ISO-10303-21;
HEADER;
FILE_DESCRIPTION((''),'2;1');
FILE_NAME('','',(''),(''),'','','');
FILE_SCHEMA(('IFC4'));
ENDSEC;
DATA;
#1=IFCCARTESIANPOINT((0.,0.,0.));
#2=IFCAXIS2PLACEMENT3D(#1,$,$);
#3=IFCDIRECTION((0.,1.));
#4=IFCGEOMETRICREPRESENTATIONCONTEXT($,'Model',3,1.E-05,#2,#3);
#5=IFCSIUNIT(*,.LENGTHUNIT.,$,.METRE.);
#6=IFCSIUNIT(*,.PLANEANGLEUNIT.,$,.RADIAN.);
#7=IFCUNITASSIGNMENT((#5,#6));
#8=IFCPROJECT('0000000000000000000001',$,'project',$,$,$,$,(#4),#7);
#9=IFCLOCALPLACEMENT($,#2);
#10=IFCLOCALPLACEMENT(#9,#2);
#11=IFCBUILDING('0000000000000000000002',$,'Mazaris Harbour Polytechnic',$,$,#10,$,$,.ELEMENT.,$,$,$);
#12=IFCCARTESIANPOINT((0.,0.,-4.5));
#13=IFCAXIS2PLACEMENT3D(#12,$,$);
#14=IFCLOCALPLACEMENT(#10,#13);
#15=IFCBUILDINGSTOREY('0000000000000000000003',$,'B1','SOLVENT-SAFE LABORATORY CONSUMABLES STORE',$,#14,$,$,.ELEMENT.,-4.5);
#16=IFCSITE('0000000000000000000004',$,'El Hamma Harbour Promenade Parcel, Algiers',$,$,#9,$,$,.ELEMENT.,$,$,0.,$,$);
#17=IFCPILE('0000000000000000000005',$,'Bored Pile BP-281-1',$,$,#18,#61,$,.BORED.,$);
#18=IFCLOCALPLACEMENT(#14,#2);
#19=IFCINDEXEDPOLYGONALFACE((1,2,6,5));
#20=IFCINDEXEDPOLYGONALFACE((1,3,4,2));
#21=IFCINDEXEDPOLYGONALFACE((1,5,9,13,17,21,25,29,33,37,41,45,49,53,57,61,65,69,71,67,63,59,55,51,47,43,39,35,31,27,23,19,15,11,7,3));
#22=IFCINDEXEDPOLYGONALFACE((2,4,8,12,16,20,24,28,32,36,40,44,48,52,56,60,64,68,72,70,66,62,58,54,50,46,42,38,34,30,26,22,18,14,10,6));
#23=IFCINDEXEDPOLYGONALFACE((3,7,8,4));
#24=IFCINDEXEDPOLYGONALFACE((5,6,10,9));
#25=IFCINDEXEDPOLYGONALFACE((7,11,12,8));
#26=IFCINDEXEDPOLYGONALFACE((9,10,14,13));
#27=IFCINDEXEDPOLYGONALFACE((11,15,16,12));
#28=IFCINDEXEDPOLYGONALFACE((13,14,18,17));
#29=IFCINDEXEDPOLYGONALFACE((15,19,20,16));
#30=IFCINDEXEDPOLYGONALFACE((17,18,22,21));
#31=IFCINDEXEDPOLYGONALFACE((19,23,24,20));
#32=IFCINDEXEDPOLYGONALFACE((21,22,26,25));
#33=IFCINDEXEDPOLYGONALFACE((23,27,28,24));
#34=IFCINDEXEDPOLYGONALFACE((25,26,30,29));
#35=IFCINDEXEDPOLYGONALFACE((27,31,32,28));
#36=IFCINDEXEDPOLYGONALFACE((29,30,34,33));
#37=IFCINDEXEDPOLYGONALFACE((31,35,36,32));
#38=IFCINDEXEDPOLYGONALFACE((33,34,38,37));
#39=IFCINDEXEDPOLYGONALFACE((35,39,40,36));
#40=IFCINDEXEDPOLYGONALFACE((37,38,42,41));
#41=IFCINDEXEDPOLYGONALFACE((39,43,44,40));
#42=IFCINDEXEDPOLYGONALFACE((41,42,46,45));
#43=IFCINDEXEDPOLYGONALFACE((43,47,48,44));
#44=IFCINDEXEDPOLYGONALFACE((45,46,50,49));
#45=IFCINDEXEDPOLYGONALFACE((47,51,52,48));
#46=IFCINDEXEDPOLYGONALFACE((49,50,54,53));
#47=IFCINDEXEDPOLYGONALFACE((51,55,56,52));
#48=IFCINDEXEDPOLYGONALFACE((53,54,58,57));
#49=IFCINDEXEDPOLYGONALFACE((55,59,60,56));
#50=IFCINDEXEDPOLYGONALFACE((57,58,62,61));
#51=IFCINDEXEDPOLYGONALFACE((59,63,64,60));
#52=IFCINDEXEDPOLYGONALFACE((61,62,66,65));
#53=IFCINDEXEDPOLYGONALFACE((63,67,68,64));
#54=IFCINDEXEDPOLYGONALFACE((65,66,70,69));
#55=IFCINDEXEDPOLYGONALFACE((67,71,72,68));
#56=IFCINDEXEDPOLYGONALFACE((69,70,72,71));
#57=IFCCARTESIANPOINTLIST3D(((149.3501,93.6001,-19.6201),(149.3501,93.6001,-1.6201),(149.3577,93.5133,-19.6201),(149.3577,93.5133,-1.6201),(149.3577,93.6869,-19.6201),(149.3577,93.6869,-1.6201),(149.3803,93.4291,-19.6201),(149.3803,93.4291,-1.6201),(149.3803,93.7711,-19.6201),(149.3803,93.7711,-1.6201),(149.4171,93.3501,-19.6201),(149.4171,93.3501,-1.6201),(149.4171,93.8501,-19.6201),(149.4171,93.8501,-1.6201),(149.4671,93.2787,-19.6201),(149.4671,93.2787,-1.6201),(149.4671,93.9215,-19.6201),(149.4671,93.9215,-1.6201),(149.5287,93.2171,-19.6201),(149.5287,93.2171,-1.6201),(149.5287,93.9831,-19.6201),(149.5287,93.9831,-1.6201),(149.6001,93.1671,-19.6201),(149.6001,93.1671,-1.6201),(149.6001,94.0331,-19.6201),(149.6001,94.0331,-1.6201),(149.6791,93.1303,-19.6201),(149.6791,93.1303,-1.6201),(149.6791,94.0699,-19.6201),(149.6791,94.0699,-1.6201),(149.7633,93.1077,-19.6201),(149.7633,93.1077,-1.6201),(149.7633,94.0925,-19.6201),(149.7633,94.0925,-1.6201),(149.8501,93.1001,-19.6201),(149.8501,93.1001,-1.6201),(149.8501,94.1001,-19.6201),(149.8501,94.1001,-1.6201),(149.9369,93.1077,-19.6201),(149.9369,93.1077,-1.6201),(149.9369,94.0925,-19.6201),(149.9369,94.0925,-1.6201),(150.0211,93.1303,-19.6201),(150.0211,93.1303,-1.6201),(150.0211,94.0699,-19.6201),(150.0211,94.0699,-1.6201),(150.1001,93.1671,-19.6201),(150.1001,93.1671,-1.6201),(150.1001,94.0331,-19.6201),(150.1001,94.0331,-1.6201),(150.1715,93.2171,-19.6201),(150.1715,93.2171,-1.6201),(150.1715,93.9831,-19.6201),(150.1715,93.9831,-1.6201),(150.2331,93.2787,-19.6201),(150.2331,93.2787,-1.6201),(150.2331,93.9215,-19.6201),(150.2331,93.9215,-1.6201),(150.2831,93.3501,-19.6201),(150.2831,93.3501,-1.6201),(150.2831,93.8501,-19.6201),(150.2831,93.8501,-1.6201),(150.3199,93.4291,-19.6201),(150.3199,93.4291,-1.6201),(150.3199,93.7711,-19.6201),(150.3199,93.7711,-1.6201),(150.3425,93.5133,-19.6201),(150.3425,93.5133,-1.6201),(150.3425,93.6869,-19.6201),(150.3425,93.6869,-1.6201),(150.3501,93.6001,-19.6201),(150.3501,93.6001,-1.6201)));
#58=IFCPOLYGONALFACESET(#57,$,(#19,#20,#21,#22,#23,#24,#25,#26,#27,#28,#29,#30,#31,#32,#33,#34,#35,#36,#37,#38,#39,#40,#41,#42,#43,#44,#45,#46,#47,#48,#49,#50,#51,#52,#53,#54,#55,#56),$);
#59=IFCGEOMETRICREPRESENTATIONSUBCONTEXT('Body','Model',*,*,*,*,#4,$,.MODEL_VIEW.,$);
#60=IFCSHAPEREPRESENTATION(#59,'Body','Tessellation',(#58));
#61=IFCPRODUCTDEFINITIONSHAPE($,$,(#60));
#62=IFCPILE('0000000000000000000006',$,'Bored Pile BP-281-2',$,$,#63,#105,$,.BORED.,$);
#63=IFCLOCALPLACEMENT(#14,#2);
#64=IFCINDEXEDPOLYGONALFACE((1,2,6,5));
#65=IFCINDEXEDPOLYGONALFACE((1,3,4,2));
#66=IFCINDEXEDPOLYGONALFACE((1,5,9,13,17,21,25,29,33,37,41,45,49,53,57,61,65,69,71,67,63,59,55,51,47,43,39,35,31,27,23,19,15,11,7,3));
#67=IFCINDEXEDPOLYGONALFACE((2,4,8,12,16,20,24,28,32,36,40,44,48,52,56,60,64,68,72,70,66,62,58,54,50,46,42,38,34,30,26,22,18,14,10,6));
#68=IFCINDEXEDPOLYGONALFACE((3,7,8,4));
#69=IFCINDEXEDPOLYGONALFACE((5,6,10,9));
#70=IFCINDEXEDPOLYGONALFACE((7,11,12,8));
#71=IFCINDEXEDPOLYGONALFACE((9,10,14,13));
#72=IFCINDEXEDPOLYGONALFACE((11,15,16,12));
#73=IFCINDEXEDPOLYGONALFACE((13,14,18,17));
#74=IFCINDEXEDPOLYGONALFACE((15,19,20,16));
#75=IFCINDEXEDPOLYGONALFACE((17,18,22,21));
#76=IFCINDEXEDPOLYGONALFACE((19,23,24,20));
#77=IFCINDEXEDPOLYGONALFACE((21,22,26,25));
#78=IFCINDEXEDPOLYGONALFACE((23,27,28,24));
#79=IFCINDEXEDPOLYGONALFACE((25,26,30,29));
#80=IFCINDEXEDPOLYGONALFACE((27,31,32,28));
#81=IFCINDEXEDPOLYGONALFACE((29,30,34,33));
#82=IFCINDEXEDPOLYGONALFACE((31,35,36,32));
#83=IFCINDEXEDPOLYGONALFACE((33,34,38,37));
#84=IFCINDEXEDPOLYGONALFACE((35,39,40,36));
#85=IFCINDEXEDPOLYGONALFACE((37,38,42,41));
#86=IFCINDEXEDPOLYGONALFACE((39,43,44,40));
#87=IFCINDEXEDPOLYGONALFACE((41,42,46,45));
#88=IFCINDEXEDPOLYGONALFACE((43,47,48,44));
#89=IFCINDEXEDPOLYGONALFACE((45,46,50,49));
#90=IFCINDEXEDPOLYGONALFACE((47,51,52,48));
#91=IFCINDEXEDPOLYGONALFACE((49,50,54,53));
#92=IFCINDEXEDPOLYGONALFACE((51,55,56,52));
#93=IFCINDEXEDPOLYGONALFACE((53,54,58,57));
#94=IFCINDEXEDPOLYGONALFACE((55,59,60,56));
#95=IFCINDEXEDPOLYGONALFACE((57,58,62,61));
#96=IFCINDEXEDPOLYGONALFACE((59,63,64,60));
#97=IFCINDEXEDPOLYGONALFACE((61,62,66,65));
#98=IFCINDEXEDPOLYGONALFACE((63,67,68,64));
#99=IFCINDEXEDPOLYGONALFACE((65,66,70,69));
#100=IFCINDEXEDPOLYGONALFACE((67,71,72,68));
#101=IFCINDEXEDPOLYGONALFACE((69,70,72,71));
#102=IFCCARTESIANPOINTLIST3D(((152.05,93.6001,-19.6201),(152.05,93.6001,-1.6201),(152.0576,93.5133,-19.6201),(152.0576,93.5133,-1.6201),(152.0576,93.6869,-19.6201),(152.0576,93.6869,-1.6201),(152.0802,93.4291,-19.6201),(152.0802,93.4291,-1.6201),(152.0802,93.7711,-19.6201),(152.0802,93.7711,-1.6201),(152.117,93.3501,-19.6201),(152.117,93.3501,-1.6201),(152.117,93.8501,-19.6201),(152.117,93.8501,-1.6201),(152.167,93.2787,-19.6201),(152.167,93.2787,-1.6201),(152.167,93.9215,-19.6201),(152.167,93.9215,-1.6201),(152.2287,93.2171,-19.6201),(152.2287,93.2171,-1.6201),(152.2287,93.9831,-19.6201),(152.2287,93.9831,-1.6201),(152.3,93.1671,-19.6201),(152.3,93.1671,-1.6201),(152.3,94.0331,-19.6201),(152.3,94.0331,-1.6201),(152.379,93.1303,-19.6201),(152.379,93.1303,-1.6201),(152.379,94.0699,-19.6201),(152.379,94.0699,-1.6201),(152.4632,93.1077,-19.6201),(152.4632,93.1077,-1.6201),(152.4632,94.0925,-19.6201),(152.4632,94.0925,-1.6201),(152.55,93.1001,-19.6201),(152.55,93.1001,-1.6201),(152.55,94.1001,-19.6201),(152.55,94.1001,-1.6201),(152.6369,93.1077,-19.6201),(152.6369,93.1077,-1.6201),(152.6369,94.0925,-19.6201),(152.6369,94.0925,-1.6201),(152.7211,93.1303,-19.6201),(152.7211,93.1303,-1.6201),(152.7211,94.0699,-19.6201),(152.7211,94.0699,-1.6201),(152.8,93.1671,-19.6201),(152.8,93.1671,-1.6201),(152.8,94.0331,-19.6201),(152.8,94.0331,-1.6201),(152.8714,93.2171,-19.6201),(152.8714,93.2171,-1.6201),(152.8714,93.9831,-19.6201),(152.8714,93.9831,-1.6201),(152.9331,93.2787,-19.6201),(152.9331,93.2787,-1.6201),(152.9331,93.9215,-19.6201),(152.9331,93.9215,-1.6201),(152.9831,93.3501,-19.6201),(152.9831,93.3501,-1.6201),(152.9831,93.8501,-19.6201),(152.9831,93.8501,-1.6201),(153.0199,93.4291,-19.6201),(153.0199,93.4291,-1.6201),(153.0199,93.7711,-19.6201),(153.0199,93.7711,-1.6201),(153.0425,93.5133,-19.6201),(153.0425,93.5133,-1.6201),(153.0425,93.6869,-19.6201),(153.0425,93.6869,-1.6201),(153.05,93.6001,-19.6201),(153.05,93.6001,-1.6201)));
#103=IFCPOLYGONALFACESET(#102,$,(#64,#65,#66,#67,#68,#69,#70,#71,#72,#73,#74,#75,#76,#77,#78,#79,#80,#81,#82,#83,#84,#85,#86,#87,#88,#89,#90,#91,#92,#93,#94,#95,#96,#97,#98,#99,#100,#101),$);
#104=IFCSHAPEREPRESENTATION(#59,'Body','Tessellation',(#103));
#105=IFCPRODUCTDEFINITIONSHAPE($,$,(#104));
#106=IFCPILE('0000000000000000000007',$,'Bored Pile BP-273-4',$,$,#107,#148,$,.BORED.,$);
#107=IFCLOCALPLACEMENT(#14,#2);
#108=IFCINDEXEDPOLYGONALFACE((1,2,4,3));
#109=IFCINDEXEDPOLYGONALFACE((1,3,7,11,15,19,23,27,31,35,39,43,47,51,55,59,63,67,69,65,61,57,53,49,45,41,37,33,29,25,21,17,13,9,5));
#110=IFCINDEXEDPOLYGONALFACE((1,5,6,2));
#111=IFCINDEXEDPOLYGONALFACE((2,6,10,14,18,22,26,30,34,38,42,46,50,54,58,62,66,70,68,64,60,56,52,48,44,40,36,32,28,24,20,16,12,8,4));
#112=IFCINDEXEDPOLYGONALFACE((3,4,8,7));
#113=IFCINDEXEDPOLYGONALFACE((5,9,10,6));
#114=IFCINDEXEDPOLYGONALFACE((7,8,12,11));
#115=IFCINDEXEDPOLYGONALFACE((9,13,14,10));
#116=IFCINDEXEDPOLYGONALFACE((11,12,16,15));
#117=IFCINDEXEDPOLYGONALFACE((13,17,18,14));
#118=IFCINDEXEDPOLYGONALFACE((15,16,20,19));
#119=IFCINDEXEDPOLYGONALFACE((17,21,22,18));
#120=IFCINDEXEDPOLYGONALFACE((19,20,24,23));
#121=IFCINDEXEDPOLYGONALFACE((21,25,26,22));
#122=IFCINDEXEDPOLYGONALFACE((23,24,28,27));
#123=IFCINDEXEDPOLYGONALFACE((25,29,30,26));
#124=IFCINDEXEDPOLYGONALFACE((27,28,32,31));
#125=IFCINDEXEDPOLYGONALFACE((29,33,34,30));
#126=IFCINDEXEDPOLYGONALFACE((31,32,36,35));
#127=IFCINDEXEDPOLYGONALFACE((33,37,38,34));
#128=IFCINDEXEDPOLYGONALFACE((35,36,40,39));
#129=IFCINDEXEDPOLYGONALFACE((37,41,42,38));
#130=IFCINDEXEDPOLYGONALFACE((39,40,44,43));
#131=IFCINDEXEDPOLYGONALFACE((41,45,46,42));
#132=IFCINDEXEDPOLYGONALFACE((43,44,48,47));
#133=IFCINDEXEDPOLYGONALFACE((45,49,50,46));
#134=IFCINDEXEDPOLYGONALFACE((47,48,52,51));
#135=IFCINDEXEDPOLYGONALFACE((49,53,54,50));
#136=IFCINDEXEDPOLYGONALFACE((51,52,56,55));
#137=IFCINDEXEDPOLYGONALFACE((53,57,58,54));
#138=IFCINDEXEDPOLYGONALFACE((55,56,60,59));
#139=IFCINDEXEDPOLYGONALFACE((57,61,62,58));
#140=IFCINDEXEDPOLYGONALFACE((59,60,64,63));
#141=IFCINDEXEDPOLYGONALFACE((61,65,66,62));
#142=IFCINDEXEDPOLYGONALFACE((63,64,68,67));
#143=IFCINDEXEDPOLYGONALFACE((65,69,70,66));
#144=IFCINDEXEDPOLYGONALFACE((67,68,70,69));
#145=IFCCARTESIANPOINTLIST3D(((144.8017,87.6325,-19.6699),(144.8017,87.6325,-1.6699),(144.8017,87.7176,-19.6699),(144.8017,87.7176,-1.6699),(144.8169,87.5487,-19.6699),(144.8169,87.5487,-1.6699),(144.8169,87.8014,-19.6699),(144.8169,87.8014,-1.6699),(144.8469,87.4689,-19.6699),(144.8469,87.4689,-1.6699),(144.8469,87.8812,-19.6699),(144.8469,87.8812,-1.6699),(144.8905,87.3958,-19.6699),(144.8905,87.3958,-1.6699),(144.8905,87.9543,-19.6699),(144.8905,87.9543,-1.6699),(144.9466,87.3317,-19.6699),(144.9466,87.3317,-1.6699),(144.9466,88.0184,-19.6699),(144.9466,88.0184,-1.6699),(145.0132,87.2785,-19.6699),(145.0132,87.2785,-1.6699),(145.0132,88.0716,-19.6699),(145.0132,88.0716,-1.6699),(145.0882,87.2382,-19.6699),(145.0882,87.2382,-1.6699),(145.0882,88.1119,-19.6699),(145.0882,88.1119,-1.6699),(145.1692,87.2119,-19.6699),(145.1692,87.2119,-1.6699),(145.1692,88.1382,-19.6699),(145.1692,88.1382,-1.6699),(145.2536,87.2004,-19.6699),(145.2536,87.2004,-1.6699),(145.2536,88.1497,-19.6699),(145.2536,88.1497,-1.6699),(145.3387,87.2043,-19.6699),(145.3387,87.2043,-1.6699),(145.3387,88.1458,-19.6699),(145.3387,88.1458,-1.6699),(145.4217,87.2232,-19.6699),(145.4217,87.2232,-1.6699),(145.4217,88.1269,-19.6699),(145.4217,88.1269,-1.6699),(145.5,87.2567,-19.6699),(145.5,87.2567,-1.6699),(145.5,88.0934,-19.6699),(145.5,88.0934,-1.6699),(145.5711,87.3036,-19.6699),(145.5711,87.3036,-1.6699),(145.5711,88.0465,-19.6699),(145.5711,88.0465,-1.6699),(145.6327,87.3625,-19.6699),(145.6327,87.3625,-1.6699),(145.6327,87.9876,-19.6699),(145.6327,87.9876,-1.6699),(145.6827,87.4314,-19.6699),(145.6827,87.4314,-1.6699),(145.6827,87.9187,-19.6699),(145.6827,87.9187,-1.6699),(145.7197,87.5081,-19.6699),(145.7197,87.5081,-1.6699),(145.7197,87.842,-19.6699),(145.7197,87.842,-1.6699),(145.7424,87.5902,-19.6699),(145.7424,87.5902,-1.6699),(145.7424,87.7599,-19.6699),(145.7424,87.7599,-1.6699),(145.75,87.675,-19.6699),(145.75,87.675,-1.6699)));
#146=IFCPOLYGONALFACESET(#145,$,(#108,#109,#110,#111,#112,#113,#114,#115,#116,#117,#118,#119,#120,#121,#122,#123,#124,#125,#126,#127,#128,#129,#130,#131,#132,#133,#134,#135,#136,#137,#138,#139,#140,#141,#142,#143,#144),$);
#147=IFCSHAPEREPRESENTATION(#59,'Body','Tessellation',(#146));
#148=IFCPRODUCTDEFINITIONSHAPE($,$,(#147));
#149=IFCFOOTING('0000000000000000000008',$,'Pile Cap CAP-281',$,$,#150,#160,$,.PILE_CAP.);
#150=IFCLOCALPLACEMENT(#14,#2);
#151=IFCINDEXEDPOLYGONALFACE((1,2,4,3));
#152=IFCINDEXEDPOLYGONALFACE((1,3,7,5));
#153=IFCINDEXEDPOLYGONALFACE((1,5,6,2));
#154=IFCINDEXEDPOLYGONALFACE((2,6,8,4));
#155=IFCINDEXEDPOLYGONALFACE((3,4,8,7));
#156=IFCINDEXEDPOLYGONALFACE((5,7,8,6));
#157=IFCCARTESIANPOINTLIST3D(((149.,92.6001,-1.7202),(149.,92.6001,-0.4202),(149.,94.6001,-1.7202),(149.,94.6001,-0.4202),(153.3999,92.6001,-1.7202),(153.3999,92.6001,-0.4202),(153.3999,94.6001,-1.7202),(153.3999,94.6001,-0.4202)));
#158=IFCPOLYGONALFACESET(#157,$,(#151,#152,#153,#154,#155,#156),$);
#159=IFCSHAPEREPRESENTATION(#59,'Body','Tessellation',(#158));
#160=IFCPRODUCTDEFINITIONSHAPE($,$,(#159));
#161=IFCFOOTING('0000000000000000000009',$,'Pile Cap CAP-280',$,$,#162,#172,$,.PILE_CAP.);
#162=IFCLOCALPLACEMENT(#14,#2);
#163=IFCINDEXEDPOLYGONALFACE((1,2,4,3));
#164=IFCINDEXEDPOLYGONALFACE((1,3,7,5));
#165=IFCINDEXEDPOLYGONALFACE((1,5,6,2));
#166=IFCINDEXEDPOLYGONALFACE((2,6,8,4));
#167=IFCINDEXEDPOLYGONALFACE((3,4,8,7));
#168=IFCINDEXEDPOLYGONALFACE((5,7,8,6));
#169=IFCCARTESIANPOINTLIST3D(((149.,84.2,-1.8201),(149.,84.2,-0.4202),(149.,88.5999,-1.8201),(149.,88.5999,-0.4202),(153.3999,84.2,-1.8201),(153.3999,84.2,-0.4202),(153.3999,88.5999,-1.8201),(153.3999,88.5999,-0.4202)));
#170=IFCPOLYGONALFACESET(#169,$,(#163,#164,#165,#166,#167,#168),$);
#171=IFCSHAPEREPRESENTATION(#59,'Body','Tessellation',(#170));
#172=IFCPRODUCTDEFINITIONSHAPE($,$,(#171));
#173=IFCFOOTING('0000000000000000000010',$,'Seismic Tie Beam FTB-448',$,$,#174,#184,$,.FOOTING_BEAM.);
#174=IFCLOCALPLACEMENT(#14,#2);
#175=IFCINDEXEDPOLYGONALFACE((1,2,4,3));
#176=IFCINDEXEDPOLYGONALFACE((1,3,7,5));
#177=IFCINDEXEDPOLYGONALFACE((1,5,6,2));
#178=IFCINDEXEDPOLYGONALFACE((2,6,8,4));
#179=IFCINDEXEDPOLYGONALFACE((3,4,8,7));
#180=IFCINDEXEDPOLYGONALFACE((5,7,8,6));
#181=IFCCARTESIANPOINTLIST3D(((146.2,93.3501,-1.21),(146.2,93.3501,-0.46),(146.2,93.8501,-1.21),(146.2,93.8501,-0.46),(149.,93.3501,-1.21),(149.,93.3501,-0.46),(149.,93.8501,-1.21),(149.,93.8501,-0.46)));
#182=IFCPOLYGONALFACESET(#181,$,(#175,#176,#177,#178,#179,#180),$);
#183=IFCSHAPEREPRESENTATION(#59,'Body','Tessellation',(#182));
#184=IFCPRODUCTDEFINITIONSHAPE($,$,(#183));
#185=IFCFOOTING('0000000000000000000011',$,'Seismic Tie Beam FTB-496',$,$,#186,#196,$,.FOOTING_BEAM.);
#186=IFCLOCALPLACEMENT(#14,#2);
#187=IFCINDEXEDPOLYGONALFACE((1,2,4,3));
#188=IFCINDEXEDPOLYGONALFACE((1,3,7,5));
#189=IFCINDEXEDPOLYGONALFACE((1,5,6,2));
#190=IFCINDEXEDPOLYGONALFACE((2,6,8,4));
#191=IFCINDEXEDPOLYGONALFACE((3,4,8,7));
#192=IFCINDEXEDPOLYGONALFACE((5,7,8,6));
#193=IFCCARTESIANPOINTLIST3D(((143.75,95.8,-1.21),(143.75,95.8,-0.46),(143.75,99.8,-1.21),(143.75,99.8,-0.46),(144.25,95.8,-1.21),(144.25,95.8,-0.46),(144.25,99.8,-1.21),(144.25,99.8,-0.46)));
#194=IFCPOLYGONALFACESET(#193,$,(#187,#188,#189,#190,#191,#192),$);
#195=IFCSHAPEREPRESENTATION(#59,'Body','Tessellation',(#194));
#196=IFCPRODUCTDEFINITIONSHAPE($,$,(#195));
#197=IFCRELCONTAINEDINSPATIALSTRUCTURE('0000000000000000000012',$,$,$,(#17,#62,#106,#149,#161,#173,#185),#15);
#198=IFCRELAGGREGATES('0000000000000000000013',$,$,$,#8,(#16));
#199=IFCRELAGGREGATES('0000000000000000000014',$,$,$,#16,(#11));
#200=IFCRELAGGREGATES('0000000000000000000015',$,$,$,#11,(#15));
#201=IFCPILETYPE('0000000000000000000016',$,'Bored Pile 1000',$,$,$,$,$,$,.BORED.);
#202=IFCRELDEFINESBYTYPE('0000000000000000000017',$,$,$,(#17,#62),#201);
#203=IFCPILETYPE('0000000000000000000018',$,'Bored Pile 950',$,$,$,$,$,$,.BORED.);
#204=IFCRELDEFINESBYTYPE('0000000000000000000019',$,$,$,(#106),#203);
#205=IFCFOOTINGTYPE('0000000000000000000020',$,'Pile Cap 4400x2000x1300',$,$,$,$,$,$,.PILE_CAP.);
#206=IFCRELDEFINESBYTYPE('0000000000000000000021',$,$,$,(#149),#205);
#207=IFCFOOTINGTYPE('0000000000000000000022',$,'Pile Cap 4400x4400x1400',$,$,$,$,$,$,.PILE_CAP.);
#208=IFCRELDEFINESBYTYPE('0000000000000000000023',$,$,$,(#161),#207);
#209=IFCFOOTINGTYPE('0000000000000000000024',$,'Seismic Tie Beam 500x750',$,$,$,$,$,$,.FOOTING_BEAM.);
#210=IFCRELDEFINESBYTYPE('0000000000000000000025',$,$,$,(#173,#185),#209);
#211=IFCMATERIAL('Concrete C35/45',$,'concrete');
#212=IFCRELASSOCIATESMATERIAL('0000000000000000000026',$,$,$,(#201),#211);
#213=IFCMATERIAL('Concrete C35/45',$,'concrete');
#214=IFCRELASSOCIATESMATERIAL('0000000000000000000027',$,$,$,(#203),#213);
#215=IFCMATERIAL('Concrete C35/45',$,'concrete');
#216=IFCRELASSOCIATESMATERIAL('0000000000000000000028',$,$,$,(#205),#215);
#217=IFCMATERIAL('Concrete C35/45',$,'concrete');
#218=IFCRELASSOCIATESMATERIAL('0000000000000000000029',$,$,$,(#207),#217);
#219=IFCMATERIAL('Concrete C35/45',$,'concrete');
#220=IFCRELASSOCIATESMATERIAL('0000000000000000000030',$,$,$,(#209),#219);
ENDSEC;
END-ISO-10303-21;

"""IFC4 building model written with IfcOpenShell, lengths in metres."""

from ifc_helpers import new_model, si_unit, direction, frame, origin, origin_2d, place, context, subcontext, project, spatial, rectangle, circle, extrude, material, material_profile, profile_set, type_object, element, save


model = new_model("IFC4")

# Units and contexts
model_context = context("Model", 3, precision=1e-05, world=origin(), true_north=direction((0.0, 1.0)))
body_context = subcontext(model_context, "Body", "Model", "MODEL_VIEW")
ifc_project = project(units=[si_unit("LENGTHUNIT", "METRE"), si_unit("PLANEANGLEUNIT", "RADIAN")], contexts=[model_context])

# Site, building, storey
site_placement = place(None, origin())
site = spatial("IfcSite", under=ifc_project, at=site_placement, Name="El Hamma Harbour Promenade Parcel, Algiers", CompositionType="ELEMENT", RefElevation=0.0)
building_placement = place(site_placement, origin())
building = spatial("IfcBuilding", under=site, at=building_placement, Name="Mazaris Harbour Polytechnic", CompositionType="ELEMENT")
storey_placement = place(building_placement, frame((0.0, 0.0, -4.5)))
storey = spatial("IfcBuildingStorey", under=building, at=storey_placement, Name="B1", Description="SOLVENT-SAFE LABORATORY CONSUMABLES STORE", CompositionType="ELEMENT", Elevation=-4.5)

# Piles
ifc_material_1 = material(Name="Concrete C35/45", Category="concrete")
ifc_material_profile_1 = material_profile(ifc_material_1, circle(Radius=0.5, at=origin_2d()), Name="DIA1000")
ifc_profile_set_1 = profile_set([ifc_material_profile_1], Name="Concrete C35/45")
pile_type_1 = type_object("IfcPileType", Name="Bored Pile 1000", PredefinedType="BORED", material=ifc_profile_set_1)
for number, where, z_axis, x_axis, name in (
    (1, (149.8501, 93.6001, -1.6201), (0.0, 0.0, -1.0), (1.0, 0.0, 0.0), "Bored Pile BP-281-1"),
    (2, (152.55, 93.6001, -1.6201), (0.0, 0.0, -1.0), (1.0, 0.0, 0.0), "Bored Pile BP-281-2"),
):
    element("IfcPile", number, at=place(storey_placement, frame(where, z_axis=z_axis, x_axis=x_axis)), inside=storey, type_object=pile_type_1, Name=name, PredefinedType="BORED", context=body_context, shape_type="SweptSolid", body=[
        extrude(circle(Radius=0.5, at=origin_2d()), origin(), (0.0, 0.0, 1.0), 18.0),
    ])
ifc_material_2 = material(Name="Concrete C35/45", Category="concrete")
ifc_material_profile_2 = material_profile(ifc_material_2, circle(Radius=0.4751, at=origin_2d()), Name="DIA950")
ifc_profile_set_2 = profile_set([ifc_material_profile_2], Name="Concrete C35/45")
pile_type_2 = type_object("IfcPileType", Name="Bored Pile 950", PredefinedType="BORED", material=ifc_profile_set_2)
pile_placement = place(storey_placement, frame((145.2749, 87.675, -1.6699), z_axis=(0.0, 0.0, -1.0), x_axis=(1.0, 0.0, 0.0)))
element("IfcPile", 3, at=pile_placement, inside=storey, type_object=pile_type_2, Name="Bored Pile BP-273-4", PredefinedType="BORED", context=body_context, shape_type="SweptSolid", body=[
    extrude(circle(Radius=0.4751, at=origin_2d()), origin(), (0.0, 0.0, 1.0), 18.0),
])

# Footings
ifc_material_3 = material(Name="Concrete C35/45", Category="concrete")
footing_type_1 = type_object("IfcFootingType", Name="Pile Cap 4400x2000x1300", PredefinedType="PILE_CAP", material=ifc_material_3)
footing_1_placement = place(storey_placement, frame((151.2, 93.6001, -1.7202), z_axis=(0.0, 0.0, 1.0), x_axis=(1.0, 0.0, 0.0)))
element("IfcFooting", 4, at=footing_1_placement, inside=storey, type_object=footing_type_1, Name="Pile Cap CAP-281", PredefinedType="PILE_CAP", context=body_context, shape_type="SweptSolid", body=[
    extrude(rectangle(XDim=4.3999, YDim=2.0, at=origin_2d()), origin(), (0.0, 0.0, 1.0), 1.3),
])
ifc_material_4 = material(Name="Concrete C35/45", Category="concrete")
footing_type_2 = type_object("IfcFootingType", Name="Pile Cap 4400x4400x1400", PredefinedType="PILE_CAP", material=ifc_material_4)
footing_2_placement = place(storey_placement, frame((151.2, 86.3999, -1.8201), z_axis=(0.0, 0.0, 1.0), x_axis=(1.0, 0.0, 0.0)))
element("IfcFooting", 5, at=footing_2_placement, inside=storey, type_object=footing_type_2, Name="Pile Cap CAP-280", PredefinedType="PILE_CAP", context=body_context, shape_type="SweptSolid", body=[
    extrude(rectangle(XDim=4.3999, YDim=4.3999, at=origin_2d()), origin(), (0.0, 0.0, 1.0), 1.3999),
])
ifc_material_5 = material(Name="Concrete C35/45", Category="concrete")
ifc_material_profile_3 = material_profile(ifc_material_5, rectangle(XDim=0.5, YDim=0.75, at=origin_2d()), Name="RECT500x750")
ifc_profile_set_3 = profile_set([ifc_material_profile_3], Name="Concrete C35/45")
footing_type_3 = type_object("IfcFootingType", Name="Seismic Tie Beam 500x750", PredefinedType="FOOTING_BEAM", material=ifc_profile_set_3)
footing_3_placement = place(storey_placement, frame((146.2, 93.6001, -0.835), z_axis=(1.0, 0.0, 0.0), x_axis=(0.0, 1.0, 0.0)))
element("IfcFooting", 6, at=footing_3_placement, inside=storey, type_object=footing_type_3, Name="Seismic Tie Beam FTB-448", PredefinedType="FOOTING_BEAM", context=body_context, shape_type="SweptSolid", body=[
    extrude(rectangle(XDim=0.5, YDim=0.75, at=origin_2d()), origin(), (0.0, 0.0, 1.0), 2.8),
])
for number, where, z_axis, x_axis, name in (
    (7, (144.0, 95.8, -0.835), (0.0, 1.0, 0.0), (-1.0, 0.0, 0.0), "Seismic Tie Beam FTB-496"),
):
    element("IfcFooting", number, at=place(storey_placement, frame(where, z_axis=z_axis, x_axis=x_axis)), inside=storey, type_object=footing_type_3, Name=name, PredefinedType="FOOTING_BEAM", context=body_context, shape_type="SweptSolid", body=[
        extrude(rectangle(XDim=0.5, YDim=0.75, at=origin_2d()), origin(), (0.0, 0.0, 1.0), 4.0),
    ])

save(model, "model.ifc")
